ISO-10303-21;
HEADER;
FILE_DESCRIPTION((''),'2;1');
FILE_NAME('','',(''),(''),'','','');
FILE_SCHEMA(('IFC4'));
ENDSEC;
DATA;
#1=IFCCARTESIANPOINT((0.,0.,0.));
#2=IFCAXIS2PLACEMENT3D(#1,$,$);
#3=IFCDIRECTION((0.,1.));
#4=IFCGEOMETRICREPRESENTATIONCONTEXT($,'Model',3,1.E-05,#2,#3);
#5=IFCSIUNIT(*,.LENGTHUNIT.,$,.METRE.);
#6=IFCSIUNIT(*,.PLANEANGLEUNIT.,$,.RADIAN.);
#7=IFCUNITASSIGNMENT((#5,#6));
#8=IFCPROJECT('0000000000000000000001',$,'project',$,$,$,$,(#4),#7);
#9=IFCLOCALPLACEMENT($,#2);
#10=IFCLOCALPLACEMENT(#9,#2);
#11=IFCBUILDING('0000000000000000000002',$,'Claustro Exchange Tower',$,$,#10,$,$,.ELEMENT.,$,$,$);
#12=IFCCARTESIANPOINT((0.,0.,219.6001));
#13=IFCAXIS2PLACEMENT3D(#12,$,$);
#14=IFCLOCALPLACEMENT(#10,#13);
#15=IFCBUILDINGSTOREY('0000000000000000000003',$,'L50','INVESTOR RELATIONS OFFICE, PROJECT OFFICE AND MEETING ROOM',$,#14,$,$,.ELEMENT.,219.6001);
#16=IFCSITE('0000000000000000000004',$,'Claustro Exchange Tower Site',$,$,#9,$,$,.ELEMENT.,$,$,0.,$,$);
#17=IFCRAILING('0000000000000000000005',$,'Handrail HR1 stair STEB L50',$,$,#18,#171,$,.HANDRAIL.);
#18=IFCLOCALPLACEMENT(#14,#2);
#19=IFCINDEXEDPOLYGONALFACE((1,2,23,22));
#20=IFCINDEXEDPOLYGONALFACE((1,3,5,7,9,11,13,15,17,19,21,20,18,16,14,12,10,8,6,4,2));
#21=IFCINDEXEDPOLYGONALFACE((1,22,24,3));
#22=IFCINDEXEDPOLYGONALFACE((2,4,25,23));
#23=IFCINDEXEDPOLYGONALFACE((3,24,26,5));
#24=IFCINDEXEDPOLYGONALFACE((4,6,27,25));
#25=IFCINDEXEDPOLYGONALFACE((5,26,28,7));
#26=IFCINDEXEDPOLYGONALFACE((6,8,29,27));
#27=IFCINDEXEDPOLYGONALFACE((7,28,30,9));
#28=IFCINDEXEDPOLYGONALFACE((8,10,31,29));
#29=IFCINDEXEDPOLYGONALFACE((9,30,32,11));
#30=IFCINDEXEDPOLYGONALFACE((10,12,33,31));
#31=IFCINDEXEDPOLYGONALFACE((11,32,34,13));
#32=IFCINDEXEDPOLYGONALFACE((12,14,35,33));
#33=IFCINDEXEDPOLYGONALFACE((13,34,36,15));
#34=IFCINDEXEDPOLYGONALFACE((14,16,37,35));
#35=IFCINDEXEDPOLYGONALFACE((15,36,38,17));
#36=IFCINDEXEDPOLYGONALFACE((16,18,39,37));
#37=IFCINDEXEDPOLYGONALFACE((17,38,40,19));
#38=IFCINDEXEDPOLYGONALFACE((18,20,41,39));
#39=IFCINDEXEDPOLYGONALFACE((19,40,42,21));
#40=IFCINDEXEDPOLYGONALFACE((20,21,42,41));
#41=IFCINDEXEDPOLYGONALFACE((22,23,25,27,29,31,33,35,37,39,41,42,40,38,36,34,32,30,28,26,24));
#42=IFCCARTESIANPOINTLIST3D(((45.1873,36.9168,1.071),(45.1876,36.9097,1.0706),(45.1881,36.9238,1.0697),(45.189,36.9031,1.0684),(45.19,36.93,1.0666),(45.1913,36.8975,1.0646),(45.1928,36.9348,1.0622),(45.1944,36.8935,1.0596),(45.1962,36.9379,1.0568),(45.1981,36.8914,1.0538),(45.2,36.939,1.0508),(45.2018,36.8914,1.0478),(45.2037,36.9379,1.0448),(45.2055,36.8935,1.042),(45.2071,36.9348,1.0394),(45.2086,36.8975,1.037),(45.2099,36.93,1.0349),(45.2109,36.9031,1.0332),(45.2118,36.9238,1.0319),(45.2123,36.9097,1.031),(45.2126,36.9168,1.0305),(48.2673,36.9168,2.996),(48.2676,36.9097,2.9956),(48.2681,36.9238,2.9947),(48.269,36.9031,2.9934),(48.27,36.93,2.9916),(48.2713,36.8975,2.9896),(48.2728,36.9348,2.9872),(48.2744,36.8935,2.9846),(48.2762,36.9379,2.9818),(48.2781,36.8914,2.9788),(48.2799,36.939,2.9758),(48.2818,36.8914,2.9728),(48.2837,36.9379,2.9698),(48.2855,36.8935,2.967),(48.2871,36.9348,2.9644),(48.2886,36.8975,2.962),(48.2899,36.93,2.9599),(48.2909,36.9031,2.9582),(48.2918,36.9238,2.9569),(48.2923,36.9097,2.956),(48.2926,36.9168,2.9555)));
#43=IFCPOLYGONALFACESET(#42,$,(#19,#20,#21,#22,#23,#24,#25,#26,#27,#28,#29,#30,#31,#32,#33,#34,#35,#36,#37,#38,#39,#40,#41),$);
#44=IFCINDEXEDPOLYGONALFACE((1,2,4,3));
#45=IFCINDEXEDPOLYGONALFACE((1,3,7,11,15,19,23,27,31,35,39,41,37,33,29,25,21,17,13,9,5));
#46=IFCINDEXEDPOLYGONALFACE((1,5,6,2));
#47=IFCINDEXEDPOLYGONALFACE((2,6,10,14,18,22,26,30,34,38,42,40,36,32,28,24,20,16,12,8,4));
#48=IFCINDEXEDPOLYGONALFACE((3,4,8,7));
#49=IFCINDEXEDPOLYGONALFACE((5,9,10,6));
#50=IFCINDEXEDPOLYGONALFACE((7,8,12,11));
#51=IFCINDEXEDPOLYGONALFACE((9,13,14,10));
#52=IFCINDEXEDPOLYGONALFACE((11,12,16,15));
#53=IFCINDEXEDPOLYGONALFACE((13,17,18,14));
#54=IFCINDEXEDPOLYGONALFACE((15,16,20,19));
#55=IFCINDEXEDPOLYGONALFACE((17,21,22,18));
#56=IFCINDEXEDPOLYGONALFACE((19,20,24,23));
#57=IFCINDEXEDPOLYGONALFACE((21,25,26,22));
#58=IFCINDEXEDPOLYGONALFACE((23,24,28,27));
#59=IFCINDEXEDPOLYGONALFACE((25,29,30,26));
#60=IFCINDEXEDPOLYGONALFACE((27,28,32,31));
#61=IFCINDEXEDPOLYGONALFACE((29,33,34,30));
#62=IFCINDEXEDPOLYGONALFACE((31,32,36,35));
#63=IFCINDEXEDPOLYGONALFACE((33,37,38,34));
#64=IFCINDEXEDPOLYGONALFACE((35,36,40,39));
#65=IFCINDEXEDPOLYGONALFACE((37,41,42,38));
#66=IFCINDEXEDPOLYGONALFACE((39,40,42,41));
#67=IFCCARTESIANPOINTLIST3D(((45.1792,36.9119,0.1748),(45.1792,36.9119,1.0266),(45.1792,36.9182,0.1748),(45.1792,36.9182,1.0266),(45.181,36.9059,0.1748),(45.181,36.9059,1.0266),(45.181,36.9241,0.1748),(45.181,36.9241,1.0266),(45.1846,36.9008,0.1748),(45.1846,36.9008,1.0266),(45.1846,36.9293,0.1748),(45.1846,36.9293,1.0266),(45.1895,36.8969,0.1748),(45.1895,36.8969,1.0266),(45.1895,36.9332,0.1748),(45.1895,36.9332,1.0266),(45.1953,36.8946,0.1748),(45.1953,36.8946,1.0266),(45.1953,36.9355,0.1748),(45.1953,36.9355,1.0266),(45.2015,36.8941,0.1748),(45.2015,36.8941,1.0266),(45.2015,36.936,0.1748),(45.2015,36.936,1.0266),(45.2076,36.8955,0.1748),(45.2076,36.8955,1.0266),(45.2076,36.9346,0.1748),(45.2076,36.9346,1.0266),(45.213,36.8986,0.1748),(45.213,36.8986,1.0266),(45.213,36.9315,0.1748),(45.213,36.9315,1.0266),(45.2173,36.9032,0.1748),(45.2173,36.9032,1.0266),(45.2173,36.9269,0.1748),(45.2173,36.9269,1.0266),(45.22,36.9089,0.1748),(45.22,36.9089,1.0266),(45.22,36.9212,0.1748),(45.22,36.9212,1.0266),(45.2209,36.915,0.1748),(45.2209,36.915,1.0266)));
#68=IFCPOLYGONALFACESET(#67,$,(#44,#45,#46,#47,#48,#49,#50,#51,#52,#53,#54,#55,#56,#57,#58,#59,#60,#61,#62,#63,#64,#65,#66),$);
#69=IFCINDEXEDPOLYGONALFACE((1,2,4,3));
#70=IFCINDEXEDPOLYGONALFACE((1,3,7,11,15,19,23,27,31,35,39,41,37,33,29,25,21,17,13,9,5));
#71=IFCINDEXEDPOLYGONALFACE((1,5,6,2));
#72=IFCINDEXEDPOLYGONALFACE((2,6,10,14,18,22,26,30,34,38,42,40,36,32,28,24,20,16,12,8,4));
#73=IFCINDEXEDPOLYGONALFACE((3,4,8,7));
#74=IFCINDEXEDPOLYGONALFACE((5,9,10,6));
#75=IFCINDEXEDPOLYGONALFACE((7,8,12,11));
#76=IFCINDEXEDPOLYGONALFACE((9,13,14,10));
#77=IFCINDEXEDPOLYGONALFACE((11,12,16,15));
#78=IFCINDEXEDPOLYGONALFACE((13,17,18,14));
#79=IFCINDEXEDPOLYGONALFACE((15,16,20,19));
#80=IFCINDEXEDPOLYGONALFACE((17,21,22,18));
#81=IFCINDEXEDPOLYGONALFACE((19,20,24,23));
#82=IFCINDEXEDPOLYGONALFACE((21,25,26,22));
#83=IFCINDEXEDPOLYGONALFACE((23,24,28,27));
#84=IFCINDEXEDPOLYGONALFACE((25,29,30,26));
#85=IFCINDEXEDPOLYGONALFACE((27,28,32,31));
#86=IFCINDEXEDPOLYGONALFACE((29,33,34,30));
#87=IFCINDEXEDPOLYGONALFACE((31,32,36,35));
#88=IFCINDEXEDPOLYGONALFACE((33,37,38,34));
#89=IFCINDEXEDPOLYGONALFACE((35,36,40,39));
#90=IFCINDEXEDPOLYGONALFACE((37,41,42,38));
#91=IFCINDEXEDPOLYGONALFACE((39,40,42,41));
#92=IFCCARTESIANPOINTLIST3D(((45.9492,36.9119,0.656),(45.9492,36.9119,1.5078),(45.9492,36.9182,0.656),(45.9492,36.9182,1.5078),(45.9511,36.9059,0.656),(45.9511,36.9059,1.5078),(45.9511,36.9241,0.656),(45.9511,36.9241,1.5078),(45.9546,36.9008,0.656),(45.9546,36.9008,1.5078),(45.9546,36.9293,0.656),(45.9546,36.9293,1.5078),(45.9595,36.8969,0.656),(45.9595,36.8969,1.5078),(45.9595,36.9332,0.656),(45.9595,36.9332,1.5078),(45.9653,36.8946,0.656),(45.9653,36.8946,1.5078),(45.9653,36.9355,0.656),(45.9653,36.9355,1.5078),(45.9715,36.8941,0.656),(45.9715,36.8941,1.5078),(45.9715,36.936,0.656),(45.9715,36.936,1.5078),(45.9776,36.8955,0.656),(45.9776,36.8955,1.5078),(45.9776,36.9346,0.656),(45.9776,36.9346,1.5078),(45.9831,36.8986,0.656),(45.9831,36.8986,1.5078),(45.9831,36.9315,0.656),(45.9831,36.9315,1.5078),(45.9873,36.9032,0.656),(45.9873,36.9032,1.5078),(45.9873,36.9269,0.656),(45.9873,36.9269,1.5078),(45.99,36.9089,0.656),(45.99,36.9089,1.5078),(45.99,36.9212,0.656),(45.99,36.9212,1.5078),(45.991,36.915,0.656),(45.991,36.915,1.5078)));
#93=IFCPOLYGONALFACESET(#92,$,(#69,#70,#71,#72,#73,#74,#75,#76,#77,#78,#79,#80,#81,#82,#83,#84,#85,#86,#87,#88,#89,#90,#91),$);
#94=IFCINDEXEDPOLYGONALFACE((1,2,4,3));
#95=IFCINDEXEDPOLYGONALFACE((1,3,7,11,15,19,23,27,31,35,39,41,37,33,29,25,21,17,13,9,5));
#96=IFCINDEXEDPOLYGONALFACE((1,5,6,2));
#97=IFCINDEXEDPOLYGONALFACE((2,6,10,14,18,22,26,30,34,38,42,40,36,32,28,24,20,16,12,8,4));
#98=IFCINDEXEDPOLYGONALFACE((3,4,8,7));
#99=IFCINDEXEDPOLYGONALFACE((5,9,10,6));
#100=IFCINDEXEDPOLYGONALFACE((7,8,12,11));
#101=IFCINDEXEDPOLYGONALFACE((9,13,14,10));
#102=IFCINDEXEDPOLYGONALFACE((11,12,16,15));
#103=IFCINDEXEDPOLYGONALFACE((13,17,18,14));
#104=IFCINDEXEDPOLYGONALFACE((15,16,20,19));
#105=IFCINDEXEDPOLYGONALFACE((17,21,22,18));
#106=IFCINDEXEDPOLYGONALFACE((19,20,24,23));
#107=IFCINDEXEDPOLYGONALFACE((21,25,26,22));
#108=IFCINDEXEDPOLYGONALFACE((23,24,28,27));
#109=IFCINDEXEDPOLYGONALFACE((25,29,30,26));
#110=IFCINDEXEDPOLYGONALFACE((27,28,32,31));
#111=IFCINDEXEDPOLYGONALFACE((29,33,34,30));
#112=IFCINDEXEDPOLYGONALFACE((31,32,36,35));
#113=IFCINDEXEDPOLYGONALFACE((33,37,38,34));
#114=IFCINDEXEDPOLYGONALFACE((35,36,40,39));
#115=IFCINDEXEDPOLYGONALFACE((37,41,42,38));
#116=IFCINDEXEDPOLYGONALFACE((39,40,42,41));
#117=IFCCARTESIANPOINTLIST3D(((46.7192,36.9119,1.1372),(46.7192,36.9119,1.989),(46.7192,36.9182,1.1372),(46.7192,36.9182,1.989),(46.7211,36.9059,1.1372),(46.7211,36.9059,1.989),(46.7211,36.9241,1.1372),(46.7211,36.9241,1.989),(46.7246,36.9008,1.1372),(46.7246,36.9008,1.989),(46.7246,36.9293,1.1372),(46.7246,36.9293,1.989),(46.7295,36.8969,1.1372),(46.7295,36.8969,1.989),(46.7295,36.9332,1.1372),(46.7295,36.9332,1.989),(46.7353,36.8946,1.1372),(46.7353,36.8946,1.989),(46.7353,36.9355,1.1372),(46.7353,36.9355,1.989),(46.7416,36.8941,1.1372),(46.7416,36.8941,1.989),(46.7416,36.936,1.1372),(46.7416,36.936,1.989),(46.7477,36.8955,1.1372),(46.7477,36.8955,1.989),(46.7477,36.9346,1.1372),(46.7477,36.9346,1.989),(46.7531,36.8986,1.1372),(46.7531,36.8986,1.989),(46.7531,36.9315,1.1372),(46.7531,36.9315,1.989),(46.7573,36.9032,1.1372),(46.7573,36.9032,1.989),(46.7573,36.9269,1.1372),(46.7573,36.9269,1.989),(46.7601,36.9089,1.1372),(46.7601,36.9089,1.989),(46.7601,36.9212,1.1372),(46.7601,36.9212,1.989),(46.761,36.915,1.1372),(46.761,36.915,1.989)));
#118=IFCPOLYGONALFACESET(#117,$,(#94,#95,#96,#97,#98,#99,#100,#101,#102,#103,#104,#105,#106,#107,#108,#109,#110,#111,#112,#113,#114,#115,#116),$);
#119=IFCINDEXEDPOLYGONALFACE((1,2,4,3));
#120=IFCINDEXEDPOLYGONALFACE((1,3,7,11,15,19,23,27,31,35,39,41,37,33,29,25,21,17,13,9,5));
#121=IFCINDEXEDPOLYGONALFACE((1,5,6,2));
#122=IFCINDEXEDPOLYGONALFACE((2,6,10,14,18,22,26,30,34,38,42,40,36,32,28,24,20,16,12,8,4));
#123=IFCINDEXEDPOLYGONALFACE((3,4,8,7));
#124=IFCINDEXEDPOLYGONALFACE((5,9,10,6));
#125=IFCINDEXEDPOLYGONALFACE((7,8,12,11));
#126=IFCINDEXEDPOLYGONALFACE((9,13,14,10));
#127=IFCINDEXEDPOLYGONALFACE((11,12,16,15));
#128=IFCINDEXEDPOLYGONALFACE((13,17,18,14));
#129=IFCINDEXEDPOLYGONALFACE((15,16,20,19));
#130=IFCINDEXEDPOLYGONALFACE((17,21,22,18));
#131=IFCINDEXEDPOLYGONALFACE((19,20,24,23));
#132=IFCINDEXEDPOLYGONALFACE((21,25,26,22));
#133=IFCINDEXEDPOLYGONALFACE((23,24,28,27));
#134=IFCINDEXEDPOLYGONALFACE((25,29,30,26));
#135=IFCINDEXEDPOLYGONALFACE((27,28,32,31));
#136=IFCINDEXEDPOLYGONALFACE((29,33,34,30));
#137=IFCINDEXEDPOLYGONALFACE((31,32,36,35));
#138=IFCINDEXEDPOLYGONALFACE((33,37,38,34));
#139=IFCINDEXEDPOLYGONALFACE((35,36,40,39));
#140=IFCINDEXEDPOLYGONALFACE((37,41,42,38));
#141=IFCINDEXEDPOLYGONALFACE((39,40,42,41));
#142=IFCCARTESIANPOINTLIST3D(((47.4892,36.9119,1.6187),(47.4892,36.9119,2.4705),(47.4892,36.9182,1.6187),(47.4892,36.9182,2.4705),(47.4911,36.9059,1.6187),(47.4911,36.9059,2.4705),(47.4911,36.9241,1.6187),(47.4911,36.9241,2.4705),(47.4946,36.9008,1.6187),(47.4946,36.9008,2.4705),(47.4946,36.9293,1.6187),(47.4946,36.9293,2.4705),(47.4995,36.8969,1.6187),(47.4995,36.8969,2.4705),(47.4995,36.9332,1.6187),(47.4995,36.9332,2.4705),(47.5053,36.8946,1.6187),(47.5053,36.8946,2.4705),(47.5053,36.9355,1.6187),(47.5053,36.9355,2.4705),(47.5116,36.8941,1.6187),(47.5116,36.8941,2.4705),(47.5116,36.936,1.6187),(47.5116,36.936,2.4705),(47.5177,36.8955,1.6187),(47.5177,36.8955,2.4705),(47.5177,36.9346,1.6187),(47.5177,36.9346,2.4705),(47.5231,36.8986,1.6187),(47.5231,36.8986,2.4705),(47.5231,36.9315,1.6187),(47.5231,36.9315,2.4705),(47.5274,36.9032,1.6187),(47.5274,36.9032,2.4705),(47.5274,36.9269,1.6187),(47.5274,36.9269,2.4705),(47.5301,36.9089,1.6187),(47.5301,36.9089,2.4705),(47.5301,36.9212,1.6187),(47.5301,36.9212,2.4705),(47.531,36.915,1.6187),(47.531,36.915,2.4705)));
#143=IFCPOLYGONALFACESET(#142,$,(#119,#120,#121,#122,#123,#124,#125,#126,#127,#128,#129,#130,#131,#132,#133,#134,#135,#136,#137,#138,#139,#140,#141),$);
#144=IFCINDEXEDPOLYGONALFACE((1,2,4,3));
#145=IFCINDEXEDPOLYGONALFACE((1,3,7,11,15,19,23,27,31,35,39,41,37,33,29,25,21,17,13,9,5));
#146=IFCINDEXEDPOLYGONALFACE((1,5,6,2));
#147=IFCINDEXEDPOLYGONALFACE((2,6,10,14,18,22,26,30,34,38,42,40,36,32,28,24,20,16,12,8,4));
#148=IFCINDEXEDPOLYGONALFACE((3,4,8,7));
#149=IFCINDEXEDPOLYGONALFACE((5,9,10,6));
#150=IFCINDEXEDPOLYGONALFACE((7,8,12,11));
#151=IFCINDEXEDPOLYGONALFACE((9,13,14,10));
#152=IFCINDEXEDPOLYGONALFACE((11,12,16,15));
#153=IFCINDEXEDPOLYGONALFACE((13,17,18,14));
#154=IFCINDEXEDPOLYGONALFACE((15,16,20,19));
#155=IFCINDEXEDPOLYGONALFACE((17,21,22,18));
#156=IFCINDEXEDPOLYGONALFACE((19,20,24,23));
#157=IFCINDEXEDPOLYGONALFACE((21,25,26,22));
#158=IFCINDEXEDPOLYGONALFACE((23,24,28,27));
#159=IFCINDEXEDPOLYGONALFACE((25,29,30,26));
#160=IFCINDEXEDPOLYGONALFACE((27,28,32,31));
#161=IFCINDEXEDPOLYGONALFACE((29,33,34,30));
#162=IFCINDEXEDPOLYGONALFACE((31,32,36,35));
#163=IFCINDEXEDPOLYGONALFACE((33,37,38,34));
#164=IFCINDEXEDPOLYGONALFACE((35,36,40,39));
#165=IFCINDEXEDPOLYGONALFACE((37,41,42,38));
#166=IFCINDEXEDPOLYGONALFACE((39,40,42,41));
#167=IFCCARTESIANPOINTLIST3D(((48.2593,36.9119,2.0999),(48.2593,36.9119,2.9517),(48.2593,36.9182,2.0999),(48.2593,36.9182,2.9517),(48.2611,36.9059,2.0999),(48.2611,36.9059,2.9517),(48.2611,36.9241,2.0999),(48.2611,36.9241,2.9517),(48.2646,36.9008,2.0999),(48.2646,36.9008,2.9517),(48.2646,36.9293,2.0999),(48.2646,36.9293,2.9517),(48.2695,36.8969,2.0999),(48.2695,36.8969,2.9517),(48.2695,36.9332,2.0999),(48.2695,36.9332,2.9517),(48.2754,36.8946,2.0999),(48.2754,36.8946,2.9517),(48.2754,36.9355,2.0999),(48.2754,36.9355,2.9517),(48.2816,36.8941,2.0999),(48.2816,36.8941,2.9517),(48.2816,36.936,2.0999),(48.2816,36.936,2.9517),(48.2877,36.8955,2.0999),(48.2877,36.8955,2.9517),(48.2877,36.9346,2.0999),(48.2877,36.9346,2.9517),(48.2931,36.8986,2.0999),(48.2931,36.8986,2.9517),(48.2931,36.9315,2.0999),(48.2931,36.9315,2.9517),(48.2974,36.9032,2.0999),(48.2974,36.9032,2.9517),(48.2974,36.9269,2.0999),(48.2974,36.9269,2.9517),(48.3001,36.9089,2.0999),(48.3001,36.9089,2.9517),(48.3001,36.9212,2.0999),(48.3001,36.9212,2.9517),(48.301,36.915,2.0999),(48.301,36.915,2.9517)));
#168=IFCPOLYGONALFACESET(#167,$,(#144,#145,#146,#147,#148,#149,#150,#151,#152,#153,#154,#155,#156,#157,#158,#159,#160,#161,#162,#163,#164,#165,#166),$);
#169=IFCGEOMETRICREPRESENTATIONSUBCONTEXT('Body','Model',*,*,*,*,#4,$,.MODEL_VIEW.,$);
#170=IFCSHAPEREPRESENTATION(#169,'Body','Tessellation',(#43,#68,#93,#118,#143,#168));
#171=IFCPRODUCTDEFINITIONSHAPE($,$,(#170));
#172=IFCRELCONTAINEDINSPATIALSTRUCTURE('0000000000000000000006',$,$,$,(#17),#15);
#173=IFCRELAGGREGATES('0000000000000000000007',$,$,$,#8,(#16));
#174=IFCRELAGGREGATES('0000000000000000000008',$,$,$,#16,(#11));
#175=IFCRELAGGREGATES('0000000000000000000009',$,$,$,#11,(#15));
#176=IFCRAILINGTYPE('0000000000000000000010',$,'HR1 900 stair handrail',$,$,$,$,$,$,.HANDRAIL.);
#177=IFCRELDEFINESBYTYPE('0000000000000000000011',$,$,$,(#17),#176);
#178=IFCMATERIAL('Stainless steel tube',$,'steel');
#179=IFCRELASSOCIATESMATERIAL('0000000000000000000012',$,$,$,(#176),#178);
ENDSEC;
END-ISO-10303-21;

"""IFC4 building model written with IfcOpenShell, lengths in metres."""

from ifc_helpers import new_model, si_unit, direction, frame, origin, origin_2d, place, context, subcontext, project, spatial, circle, extrude, material, type_object, element, save


model = new_model("IFC4")

# Units and contexts
model_context = context("Model", 3, precision=1e-05, world=origin(), true_north=direction((0.0, 1.0)))
body_context = subcontext(model_context, "Body", "Model", "MODEL_VIEW")
ifc_project = project(units=[si_unit("LENGTHUNIT", "METRE"), si_unit("PLANEANGLEUNIT", "RADIAN")], contexts=[model_context])

# Site, building, storey
site_placement = place(None, origin())
site = spatial("IfcSite", under=ifc_project, at=site_placement, Name="Claustro Exchange Tower Site", CompositionType="ELEMENT", RefElevation=0.0)
building_placement = place(site_placement, origin())
building = spatial("IfcBuilding", under=site, at=building_placement, Name="Claustro Exchange Tower", CompositionType="ELEMENT")
storey_placement = place(building_placement, frame((0.0, 0.0, 219.6001)))
storey = spatial("IfcBuildingStorey", under=building, at=storey_placement, Name="L50", Description="INVESTOR RELATIONS OFFICE, PROJECT OFFICE AND MEETING ROOM", CompositionType="ELEMENT", Elevation=219.6001)

# Railing
ifc_material_1 = material(Name="Stainless steel tube", Category="steel")
railing_type_1 = type_object("IfcRailingType", Name="HR1 900 stair handrail", PredefinedType="HANDRAIL", material=ifc_material_1)
railing_1_placement = place(storey_placement, frame((45.2, 36.915, 0.1748)))
element("IfcRailing", 1, at=railing_1_placement, inside=storey, type_object=railing_type_1, Name="Handrail HR1 stair STEB L50", PredefinedType="HANDRAIL", context=body_context, shape_type="SweptSolid", body=[
    extrude(circle(Radius=0.0239, at=origin_2d()), frame((0.0, 0.0, 0.876), z_axis=(0.847998, 0.0, 0.529999), x_axis=(0.0, 1.0, 0.0)), (0.0, 0.0, 1.0), 3.6321),
    extrude(circle(Radius=0.021, at=origin_2d()), origin(), (0.0, 0.0, 1.0), 0.8518),
    extrude(circle(Radius=0.021, at=origin_2d()), frame((0.77, 0.0, 0.4812)), (0.0, 0.0, 1.0), 0.8518),
    extrude(circle(Radius=0.021, at=origin_2d()), frame((1.54, 0.0, 0.9624)), (0.0, 0.0, 1.0), 0.8518),
    extrude(circle(Radius=0.021, at=origin_2d()), frame((2.3101, 0.0, 1.4438)), (0.0, 0.0, 1.0), 0.8518),
    extrude(circle(Radius=0.021, at=origin_2d()), frame((3.0801, 0.0, 1.925)), (0.0, 0.0, 1.0), 0.8518),
])

save(model, "model.ifc")
